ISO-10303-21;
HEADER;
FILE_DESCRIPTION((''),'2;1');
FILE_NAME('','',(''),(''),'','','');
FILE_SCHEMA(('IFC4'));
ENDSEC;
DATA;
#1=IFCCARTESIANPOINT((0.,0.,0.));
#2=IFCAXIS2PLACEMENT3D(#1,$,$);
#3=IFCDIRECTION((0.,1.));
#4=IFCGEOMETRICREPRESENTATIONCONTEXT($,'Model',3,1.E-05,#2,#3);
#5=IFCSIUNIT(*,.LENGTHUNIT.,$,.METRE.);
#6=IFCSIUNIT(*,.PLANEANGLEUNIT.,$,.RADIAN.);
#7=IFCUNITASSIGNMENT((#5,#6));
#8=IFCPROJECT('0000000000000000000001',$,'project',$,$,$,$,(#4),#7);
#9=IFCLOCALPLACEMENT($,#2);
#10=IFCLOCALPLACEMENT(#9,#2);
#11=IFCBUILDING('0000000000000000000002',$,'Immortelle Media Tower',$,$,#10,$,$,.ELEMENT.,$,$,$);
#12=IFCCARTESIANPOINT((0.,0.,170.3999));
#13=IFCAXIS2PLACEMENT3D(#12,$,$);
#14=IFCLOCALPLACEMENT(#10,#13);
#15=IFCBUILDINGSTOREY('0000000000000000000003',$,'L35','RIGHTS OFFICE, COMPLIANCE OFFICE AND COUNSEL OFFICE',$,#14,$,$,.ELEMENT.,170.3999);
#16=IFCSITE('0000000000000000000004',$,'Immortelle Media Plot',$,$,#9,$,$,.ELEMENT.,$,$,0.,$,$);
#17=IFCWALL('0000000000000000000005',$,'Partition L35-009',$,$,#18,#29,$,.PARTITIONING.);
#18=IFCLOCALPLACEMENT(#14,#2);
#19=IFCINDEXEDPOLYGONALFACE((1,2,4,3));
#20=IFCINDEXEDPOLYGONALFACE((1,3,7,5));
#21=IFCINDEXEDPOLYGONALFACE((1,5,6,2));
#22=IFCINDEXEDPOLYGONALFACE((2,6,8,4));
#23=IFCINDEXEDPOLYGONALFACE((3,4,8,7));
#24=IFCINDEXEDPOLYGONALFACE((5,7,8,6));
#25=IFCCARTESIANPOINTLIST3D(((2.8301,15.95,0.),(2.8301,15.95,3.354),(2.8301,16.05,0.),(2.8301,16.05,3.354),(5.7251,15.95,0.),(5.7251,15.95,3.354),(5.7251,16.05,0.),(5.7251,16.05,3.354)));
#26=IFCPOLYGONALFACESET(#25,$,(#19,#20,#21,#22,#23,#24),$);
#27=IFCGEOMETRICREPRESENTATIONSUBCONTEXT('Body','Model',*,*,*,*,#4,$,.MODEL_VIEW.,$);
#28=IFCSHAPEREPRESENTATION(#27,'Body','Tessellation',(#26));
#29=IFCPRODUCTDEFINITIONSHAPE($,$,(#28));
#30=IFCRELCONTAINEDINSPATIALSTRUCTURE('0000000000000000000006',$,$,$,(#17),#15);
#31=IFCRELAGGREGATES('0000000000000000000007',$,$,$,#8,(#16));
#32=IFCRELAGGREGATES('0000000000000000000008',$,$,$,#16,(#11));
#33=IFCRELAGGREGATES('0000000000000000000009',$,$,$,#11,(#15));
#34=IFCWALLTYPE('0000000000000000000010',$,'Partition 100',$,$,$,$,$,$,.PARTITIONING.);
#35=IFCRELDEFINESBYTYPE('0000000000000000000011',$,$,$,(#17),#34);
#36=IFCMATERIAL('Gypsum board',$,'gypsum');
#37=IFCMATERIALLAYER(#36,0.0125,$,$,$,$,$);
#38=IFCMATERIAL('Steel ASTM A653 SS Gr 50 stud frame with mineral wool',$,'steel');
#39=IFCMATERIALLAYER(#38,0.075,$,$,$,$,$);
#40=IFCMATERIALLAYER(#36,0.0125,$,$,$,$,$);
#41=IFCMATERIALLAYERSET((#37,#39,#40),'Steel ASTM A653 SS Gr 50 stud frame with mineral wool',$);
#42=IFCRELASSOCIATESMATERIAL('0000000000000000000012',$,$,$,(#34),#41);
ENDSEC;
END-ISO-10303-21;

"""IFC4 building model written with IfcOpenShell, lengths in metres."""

from ifc_helpers import new_model, si_unit, direction, frame, frame_2d, origin, place, context, subcontext, project, spatial, rectangle, extrude, material, layer, layer_set, type_object, element, save


model = new_model("IFC4")

# Units and contexts
model_context = context("Model", 3, precision=1e-05, world=origin(), true_north=direction((0.0, 1.0)))
body_context = subcontext(model_context, "Body", "Model", "MODEL_VIEW")
ifc_project = project(units=[si_unit("LENGTHUNIT", "METRE"), si_unit("PLANEANGLEUNIT", "RADIAN")], contexts=[model_context])

# Site, building, storey
site_placement = place(None, origin())
site = spatial("IfcSite", under=ifc_project, at=site_placement, Name="Immortelle Media Plot", CompositionType="ELEMENT", RefElevation=0.0)
building_placement = place(site_placement, origin())
building = spatial("IfcBuilding", under=site, at=building_placement, Name="Immortelle Media Tower", CompositionType="ELEMENT")
storey_placement = place(building_placement, frame((0.0, 0.0, 170.3999)))
storey = spatial("IfcBuildingStorey", under=building, at=storey_placement, Name="L35", Description="RIGHTS OFFICE, COMPLIANCE OFFICE AND COUNSEL OFFICE", CompositionType="ELEMENT", Elevation=170.3999)

# Shared definitions
ifc_material_1 = material(Name="Steel ASTM A653 SS Gr 50 stud frame with mineral wool", Category="steel")

# Shared definitions
ifc_material_2 = material(Name="Gypsum board", Category="gypsum")
ifc_layer_1 = layer(ifc_material_2, 0.0125)
ifc_layer_2 = layer(ifc_material_1, 0.075)
ifc_layer_3 = layer(ifc_material_2, 0.0125)
ifc_layer_set_1 = layer_set([ifc_layer_1, ifc_layer_2, ifc_layer_3], Name="Steel ASTM A653 SS Gr 50 stud frame with mineral wool")
wall_type_1 = type_object("IfcWallType", Name="Partition 100", PredefinedType="PARTITIONING", material=ifc_layer_set_1)

# Wall
wall_1_placement = place(storey_placement, frame((2.8301, 16.0, 0.0), z_axis=(0.0, 0.0, 1.0), x_axis=(1.0, 0.0, 0.0)))
element("IfcWall", 1, at=wall_1_placement, inside=storey, type_object=wall_type_1, Name="Partition L35-009", PredefinedType="PARTITIONING", context=body_context, shape_type="SweptSolid", body=[
    extrude(rectangle(XDim=2.895, YDim=0.1001, at=frame_2d((1.4475, 0.0))), origin(), (0.0, 0.0, 1.0), 3.354),
])

save(model, "model.ifc")
